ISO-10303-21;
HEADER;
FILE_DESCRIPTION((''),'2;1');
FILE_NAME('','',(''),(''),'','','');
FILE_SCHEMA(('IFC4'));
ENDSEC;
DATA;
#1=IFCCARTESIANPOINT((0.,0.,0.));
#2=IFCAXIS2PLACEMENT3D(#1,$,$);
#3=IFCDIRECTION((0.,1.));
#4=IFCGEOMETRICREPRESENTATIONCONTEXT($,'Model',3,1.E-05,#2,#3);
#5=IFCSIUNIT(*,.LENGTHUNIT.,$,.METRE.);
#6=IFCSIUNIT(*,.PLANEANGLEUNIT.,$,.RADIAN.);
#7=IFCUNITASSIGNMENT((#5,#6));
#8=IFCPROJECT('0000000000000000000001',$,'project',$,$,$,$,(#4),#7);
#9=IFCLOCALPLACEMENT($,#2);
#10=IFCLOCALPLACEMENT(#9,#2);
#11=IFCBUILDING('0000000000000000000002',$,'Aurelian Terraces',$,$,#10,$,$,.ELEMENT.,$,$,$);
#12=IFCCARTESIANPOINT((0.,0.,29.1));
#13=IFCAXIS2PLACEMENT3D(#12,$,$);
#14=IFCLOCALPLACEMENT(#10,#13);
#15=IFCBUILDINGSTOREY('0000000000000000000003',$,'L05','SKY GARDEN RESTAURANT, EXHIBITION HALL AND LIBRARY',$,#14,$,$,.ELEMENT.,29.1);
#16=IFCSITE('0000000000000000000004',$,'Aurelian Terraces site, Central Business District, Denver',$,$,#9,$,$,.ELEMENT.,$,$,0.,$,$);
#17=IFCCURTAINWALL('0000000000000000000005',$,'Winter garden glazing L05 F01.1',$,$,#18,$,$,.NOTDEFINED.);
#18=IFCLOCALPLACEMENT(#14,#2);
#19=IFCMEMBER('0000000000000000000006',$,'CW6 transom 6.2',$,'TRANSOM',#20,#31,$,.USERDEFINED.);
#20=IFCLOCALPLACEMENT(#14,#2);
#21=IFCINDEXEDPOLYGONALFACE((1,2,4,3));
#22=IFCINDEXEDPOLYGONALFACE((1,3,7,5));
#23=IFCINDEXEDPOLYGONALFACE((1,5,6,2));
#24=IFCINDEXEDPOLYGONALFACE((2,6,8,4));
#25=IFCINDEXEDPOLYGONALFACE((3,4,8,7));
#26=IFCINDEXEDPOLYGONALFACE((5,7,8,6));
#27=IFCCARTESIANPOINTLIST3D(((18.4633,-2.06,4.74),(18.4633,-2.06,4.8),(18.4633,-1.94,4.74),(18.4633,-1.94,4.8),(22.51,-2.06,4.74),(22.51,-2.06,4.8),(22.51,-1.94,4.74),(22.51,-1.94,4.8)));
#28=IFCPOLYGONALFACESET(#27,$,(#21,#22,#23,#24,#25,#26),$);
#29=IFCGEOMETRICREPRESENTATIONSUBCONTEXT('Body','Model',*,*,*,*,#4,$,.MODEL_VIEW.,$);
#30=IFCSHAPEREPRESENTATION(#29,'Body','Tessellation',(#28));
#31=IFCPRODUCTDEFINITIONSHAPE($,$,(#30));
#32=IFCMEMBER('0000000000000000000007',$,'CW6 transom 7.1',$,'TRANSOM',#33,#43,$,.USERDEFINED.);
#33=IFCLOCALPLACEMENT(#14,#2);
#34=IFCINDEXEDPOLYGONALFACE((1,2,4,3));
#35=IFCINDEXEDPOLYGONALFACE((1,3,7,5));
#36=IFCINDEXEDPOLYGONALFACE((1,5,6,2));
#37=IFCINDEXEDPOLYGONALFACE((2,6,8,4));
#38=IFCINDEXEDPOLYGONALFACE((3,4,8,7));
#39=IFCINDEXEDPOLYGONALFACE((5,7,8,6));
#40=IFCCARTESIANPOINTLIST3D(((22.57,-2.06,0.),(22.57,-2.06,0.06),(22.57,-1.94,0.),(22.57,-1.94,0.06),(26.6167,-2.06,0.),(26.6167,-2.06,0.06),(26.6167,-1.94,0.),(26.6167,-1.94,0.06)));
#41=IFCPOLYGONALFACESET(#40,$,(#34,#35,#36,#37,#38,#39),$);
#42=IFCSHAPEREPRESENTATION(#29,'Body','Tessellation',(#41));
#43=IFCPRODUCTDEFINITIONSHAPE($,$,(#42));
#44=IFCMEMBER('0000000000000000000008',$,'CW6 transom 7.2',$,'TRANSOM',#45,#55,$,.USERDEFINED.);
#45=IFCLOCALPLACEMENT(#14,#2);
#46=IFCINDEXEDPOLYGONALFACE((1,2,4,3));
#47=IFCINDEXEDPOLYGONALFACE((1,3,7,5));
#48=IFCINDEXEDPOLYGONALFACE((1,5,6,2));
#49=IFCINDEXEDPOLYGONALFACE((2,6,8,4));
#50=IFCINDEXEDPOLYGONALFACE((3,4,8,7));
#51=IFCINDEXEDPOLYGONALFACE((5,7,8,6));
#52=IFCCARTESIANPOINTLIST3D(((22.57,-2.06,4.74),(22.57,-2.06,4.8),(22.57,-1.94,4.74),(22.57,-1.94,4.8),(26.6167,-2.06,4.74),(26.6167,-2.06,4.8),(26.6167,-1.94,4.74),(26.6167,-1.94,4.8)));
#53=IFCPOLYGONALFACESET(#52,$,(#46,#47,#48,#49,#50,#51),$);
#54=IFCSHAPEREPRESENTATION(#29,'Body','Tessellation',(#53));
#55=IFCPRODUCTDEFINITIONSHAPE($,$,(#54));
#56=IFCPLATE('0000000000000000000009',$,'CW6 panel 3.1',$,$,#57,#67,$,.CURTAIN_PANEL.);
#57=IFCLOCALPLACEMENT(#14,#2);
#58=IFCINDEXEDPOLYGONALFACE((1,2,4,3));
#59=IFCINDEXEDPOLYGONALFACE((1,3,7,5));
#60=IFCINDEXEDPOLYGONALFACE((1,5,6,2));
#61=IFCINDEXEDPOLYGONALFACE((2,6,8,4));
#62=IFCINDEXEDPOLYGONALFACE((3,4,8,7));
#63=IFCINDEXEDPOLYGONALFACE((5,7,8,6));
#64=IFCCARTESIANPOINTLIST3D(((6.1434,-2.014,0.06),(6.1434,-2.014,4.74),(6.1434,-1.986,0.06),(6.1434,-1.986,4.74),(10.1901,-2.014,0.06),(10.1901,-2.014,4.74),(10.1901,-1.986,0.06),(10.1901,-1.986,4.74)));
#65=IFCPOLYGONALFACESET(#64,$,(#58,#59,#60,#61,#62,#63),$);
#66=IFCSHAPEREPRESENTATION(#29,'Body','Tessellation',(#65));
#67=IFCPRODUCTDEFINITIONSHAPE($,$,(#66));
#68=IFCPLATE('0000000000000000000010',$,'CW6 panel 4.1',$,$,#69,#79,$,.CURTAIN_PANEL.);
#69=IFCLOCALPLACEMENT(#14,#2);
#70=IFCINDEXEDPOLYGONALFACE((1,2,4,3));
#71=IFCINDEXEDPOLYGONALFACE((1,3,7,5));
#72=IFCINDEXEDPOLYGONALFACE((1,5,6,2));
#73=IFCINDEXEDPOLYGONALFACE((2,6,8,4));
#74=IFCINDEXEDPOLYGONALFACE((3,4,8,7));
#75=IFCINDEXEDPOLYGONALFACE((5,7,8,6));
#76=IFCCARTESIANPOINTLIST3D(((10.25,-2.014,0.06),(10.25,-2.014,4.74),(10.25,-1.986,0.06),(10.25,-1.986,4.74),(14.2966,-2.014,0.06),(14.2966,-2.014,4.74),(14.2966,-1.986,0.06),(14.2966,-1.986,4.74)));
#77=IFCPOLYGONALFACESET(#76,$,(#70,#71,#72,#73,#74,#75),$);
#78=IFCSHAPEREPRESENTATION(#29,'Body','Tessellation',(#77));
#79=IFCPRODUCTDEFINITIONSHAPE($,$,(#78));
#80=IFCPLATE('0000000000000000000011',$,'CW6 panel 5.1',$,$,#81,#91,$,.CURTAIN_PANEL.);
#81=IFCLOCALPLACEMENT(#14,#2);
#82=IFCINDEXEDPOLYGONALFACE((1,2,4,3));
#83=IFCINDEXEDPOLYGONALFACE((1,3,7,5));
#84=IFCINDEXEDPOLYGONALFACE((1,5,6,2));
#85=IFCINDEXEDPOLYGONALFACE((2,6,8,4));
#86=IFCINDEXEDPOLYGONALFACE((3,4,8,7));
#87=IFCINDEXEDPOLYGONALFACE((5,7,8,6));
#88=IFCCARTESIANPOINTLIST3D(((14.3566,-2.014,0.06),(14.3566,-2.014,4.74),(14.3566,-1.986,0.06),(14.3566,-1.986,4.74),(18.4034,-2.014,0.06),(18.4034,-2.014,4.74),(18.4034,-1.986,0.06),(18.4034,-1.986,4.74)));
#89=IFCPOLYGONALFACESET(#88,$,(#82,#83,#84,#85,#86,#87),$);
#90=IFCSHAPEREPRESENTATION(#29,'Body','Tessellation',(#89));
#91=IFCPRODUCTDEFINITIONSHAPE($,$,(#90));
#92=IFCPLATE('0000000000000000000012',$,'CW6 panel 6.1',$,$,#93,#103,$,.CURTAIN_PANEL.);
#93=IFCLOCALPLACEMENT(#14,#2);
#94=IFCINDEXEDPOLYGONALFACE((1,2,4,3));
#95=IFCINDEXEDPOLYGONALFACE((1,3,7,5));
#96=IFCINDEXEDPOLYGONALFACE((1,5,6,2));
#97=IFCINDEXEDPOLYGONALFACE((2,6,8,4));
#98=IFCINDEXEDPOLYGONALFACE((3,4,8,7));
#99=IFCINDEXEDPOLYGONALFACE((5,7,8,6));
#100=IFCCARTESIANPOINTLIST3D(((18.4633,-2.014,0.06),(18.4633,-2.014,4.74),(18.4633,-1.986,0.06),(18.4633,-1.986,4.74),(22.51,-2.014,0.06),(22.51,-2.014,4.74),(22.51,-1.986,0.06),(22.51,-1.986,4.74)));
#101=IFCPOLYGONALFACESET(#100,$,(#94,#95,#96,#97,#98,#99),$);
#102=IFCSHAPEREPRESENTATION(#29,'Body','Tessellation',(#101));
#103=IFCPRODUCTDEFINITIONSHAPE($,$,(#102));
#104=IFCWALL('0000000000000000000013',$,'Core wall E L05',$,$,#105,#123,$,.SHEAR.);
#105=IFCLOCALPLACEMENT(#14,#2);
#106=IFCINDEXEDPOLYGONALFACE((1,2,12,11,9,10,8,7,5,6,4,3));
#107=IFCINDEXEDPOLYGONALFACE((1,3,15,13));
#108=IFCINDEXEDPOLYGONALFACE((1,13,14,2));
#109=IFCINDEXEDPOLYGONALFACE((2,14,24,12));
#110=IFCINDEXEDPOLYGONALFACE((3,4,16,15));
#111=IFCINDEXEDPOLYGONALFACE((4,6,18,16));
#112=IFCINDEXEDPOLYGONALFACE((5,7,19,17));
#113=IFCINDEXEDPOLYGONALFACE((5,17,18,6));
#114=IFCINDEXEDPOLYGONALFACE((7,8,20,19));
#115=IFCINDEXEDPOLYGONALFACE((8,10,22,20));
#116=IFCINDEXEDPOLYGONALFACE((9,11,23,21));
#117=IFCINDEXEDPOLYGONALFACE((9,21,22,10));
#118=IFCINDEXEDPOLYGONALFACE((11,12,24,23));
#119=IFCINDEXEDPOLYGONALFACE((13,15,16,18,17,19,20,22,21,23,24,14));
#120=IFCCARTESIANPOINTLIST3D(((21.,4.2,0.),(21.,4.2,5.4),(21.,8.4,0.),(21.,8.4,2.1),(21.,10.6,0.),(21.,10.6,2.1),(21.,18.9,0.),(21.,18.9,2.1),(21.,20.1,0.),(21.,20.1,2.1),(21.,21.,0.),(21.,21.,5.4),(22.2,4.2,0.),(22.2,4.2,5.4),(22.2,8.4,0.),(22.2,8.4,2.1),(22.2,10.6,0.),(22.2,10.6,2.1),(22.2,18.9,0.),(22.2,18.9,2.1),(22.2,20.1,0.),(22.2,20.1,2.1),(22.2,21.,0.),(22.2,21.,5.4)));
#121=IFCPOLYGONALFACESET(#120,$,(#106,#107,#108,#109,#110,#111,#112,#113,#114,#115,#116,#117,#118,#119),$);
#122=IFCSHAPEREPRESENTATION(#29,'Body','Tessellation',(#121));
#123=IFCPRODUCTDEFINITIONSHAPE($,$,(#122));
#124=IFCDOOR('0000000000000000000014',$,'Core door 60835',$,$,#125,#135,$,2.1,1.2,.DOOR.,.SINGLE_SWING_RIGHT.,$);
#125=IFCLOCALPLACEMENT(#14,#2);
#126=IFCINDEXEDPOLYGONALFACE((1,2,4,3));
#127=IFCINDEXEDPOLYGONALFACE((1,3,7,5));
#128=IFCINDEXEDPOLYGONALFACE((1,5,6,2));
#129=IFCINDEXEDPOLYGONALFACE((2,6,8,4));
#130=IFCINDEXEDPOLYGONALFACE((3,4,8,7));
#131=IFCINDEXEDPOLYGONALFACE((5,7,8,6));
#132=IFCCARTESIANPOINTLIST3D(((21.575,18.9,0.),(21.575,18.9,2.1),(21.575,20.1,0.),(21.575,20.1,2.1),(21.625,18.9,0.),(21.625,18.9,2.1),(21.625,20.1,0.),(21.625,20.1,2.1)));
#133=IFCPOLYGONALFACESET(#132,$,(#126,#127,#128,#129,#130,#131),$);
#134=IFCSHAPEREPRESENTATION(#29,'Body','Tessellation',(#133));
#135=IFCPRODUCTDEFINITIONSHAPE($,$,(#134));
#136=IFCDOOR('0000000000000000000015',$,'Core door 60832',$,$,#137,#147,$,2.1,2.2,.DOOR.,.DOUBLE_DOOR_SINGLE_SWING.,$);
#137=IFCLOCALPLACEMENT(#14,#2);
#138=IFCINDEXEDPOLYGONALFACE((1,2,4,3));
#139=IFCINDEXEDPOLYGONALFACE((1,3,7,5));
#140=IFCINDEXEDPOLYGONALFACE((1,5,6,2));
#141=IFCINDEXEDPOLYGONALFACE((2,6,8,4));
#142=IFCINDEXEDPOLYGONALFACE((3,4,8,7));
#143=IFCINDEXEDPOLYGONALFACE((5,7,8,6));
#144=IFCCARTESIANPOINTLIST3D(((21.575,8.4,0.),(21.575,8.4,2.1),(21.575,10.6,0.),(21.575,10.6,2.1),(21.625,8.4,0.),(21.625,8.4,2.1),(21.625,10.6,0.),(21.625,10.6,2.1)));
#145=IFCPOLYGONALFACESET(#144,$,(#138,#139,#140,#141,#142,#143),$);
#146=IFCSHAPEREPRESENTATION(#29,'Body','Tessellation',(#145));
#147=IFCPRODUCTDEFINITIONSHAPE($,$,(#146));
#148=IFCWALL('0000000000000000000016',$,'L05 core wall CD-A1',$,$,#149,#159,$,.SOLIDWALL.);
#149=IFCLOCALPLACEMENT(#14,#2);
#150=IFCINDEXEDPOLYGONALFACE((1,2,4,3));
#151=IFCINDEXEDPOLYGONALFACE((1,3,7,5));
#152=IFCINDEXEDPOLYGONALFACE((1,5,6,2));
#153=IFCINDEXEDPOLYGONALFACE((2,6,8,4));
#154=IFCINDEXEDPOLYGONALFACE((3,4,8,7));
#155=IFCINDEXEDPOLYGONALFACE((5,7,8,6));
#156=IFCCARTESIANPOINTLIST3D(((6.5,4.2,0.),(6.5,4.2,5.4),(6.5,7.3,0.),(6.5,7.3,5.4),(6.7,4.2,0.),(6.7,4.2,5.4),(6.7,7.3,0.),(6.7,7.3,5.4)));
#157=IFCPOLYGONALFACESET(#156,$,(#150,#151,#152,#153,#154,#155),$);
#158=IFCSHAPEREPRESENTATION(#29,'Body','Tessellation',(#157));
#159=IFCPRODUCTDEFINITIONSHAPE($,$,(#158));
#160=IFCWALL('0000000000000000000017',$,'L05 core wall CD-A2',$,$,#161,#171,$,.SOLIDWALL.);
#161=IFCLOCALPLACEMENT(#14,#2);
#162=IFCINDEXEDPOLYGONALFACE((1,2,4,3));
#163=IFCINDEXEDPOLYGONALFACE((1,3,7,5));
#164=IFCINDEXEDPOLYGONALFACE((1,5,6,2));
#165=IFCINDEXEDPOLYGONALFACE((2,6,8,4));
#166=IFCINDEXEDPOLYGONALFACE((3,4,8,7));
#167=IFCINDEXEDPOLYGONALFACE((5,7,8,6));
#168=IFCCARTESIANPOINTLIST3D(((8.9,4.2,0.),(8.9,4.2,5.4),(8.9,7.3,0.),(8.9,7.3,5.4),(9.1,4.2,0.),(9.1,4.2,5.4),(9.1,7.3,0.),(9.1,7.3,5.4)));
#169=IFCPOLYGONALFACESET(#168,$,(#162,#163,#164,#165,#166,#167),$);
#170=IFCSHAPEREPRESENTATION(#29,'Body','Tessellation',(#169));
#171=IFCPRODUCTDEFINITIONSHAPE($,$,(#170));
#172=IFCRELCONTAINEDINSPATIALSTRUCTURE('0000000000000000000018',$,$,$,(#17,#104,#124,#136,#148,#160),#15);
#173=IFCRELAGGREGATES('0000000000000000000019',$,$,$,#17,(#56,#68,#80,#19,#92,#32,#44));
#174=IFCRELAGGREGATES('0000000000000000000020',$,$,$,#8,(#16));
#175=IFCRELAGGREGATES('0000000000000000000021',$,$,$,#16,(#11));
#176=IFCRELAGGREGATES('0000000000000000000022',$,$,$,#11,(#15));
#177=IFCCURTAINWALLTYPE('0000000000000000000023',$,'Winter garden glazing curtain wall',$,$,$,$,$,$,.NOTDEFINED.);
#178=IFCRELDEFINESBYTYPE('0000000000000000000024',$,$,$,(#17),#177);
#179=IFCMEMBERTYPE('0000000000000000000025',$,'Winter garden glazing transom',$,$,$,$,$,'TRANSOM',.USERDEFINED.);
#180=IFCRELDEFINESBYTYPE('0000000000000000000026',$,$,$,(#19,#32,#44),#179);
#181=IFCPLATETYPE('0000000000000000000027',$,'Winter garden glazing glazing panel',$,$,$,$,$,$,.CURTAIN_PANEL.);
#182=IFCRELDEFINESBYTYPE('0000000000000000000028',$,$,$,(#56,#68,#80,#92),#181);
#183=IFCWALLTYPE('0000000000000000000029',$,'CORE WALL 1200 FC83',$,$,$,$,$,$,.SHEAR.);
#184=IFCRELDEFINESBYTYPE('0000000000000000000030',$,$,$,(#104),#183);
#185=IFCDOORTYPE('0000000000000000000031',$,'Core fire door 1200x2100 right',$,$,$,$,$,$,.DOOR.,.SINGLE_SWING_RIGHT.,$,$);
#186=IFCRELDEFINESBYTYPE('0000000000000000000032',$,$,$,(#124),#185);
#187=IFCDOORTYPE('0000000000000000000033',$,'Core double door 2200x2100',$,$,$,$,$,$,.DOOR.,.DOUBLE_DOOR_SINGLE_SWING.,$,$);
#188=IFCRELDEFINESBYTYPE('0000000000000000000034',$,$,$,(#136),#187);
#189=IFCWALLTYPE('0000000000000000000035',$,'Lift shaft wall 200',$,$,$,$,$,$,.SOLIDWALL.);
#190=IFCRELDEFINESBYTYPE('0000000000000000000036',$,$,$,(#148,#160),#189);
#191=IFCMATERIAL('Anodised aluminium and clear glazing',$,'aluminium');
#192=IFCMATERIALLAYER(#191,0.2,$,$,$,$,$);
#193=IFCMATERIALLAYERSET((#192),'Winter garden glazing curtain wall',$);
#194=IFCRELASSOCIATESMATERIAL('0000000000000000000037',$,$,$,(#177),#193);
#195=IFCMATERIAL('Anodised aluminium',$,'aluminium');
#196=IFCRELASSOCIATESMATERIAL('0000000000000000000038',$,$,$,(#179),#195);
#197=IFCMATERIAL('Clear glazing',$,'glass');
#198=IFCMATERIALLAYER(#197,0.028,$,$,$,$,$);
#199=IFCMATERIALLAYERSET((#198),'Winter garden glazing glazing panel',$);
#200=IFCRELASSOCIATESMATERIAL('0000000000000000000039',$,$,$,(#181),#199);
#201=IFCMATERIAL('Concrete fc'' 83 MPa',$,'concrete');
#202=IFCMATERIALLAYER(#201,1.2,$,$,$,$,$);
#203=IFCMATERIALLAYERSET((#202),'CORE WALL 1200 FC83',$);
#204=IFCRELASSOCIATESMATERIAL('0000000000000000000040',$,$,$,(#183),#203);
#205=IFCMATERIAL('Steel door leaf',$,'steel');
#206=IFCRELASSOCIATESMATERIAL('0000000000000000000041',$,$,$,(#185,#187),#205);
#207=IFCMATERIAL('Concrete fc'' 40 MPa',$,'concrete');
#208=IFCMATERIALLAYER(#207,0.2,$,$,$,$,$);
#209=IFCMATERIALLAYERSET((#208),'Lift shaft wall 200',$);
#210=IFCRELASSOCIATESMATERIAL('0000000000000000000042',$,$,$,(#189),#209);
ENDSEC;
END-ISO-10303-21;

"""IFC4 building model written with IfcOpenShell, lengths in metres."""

from ifc_helpers import new_model, si_unit, direction, frame, frame_2d, origin, origin_2d, place, context, subcontext, project, spatial, rectangle, extrude, source, transform, mapped, material, layer, layer_set, material_profile, profile_set, type_object, element, fill, aggregate, save


model = new_model("IFC4")

# Units and contexts
model_context = context("Model", 3, precision=1e-05, world=origin(), true_north=direction((0.0, 1.0)))
body_context = subcontext(model_context, "Body", "Model", "MODEL_VIEW")
ifc_project = project(units=[si_unit("LENGTHUNIT", "METRE"), si_unit("PLANEANGLEUNIT", "RADIAN")], contexts=[model_context])

# Site, building, storey
site_placement = place(None, origin())
site = spatial("IfcSite", under=ifc_project, at=site_placement, Name="Aurelian Terraces site, Central Business District, Denver", CompositionType="ELEMENT", RefElevation=0.0)
building_placement = place(site_placement, origin())
building = spatial("IfcBuilding", under=site, at=building_placement, Name="Aurelian Terraces", CompositionType="ELEMENT")
storey_placement = place(building_placement, frame((0.0, 0.0, 29.1)))
storey = spatial("IfcBuildingStorey", under=building, at=storey_placement, Name="L05", Description="SKY GARDEN RESTAURANT, EXHIBITION HALL AND LIBRARY", CompositionType="ELEMENT", Elevation=29.1)

# Shared definitions
ifc_material_1 = material(Name="Concrete fc' 83 MPa", Category="concrete")

# Curtain wall, members, plates
ifc_material_2 = material(Name="Anodised aluminium and clear glazing", Category="aluminium")
ifc_layer_1 = layer(ifc_material_2, 0.2)
ifc_layer_set_1 = layer_set([ifc_layer_1], Name="Winter garden glazing curtain wall")
curtain_wall_type = type_object("IfcCurtainWallType", Name="Winter garden glazing curtain wall", PredefinedType="NOTDEFINED", material=ifc_layer_set_1)
curtain_wall_placement = place(storey_placement, origin())
curtain_wall = element("IfcCurtainWall", 1, at=curtain_wall_placement, inside=storey, type_object=curtain_wall_type, Name="Winter garden glazing L05 F01.1", PredefinedType="NOTDEFINED")
ifc_material_3 = material(Name="Anodised aluminium", Category="aluminium")
ifc_material_profile_1 = material_profile(ifc_material_3, rectangle(XDim=0.12, YDim=0.06, at=origin_2d()))
ifc_profile_set_1 = profile_set([ifc_material_profile_1], Name="Anodised aluminium")
member_type_1 = type_object("IfcMemberType", Name="Winter garden glazing transom", ElementType="TRANSOM", PredefinedType="USERDEFINED", material=ifc_profile_set_1)
shared_shape_1 = source(origin(), body_context, "Body", "SweptSolid", [
    extrude(rectangle(XDim=0.12, YDim=0.06, at=origin_2d()), origin(), (0.0, 0.0, 1.0), 4.0467),
])
member_1_placement = place(storey_placement, frame((18.4633, -2.0, 4.77), z_axis=(1.0, 0.0, 0.0), x_axis=(0.0, 1.0, 0.0)))
member_1 = element("IfcMember", 2, at=member_1_placement, type_object=member_type_1, Name="CW6 transom 6.2", ObjectType="TRANSOM", PredefinedType="USERDEFINED", context=body_context, shape_type="MappedRepresentation", body=[
    mapped(shared_shape_1, transform((0.0, 0.0, 0.0), scale=1.0)),
])
member_2_placement = place(storey_placement, frame((22.57, -2.0, 0.03), z_axis=(1.0, 0.0, 0.0), x_axis=(0.0, 1.0, 0.0)))
member_2 = element("IfcMember", 3, at=member_2_placement, type_object=member_type_1, Name="CW6 transom 7.1", ObjectType="TRANSOM", PredefinedType="USERDEFINED", context=body_context, shape_type="MappedRepresentation", body=[
    mapped(shared_shape_1, transform((0.0, 0.0, 0.0), scale=1.0)),
])
member_3_placement = place(storey_placement, frame((22.57, -2.0, 4.77), z_axis=(1.0, 0.0, 0.0), x_axis=(0.0, 1.0, 0.0)))
member_3 = element("IfcMember", 4, at=member_3_placement, type_object=member_type_1, Name="CW6 transom 7.2", ObjectType="TRANSOM", PredefinedType="USERDEFINED", context=body_context, shape_type="MappedRepresentation", body=[
    mapped(shared_shape_1, transform((0.0, 0.0, 0.0), scale=1.0)),
])
ifc_material_4 = material(Name="Clear glazing", Category="glass")
ifc_layer_2 = layer(ifc_material_4, 0.028)
ifc_layer_set_2 = layer_set([ifc_layer_2], Name="Winter garden glazing glazing panel")
plate_type = type_object("IfcPlateType", Name="Winter garden glazing glazing panel", PredefinedType="CURTAIN_PANEL", material=ifc_layer_set_2)
shared_shape_2 = source(origin(), body_context, "Body", "SweptSolid", [
    extrude(rectangle(XDim=4.0467, YDim=0.028, at=origin_2d()), origin(), (0.0, 0.0, 1.0), 4.68),
])
plate_1_placement = place(storey_placement, frame((8.1667, -2.0, 0.06), z_axis=(0.0, 0.0, 1.0), x_axis=(1.0, 0.0, 0.0)))
plate_1 = element("IfcPlate", 5, at=plate_1_placement, type_object=plate_type, Name="CW6 panel 3.1", PredefinedType="CURTAIN_PANEL", context=body_context, shape_type="MappedRepresentation", body=[
    mapped(shared_shape_2, transform((0.0, 0.0, 0.0), scale=1.0)),
])
plate_2_placement = place(storey_placement, frame((12.2733, -2.0, 0.06), z_axis=(0.0, 0.0, 1.0), x_axis=(1.0, 0.0, 0.0)))
plate_2 = element("IfcPlate", 6, at=plate_2_placement, type_object=plate_type, Name="CW6 panel 4.1", PredefinedType="CURTAIN_PANEL", context=body_context, shape_type="MappedRepresentation", body=[
    mapped(shared_shape_2, transform((0.0, 0.0, 0.0), scale=1.0)),
])
plate_3_placement = place(storey_placement, frame((16.38, -2.0, 0.06), z_axis=(0.0, 0.0, 1.0), x_axis=(1.0, 0.0, 0.0)))
plate_3 = element("IfcPlate", 7, at=plate_3_placement, type_object=plate_type, Name="CW6 panel 5.1", PredefinedType="CURTAIN_PANEL", context=body_context, shape_type="MappedRepresentation", body=[
    mapped(shared_shape_2, transform((0.0, 0.0, 0.0), scale=1.0)),
])
plate_4_placement = place(storey_placement, frame((20.4867, -2.0, 0.06), z_axis=(0.0, 0.0, 1.0), x_axis=(1.0, 0.0, 0.0)))
plate_4 = element("IfcPlate", 8, at=plate_4_placement, type_object=plate_type, Name="CW6 panel 6.1", PredefinedType="CURTAIN_PANEL", context=body_context, shape_type="MappedRepresentation", body=[
    mapped(shared_shape_2, transform((0.0, 0.0, 0.0), scale=1.0)),
])
aggregate(curtain_wall, [plate_1, plate_2, plate_3, member_1, plate_4, member_2, member_3])

# Wall, openings, doors
ifc_layer_3 = layer(ifc_material_1, 1.2)
ifc_layer_set_3 = layer_set([ifc_layer_3], Name="CORE WALL 1200 FC83")
wall_type_1 = type_object("IfcWallType", Name="CORE WALL 1200 FC83", PredefinedType="SHEAR", material=ifc_layer_set_3)
shared_shape_3 = source(origin(), body_context, "Body", "SweptSolid", [
    extrude(rectangle(XDim=16.8, YDim=1.2, at=frame_2d((8.4, 0.0))), origin(), (0.0, 0.0, 1.0), 5.4),
])
wall_1_placement = place(storey_placement, frame((21.6, 4.2, 0.0), z_axis=(0.0, 0.0, 1.0), x_axis=(0.0, 1.0, 0.0)))
wall_1 = element("IfcWall", 9, at=wall_1_placement, inside=storey, type_object=wall_type_1, Name="Core wall E L05", PredefinedType="SHEAR", context=body_context, shape_type="MappedRepresentation", body=[
    mapped(shared_shape_3, transform((0.0, 0.0, 0.0), scale=1.0)),
])
shared_shape_4 = source(origin(), body_context, "Body", "SweptSolid", [
    extrude(rectangle(XDim=2.2, YDim=2.1, at=frame_2d((1.1, 1.05))), frame((0.0, 0.61, 0.0), z_axis=(0.0, -1.0, 0.0), x_axis=(1.0, 0.0, 0.0)), (0.0, 0.0, 1.0), 1.22),
])
opening_1_placement = place(wall_1_placement, frame((4.2, 0.0, 0.0)))
opening_1 = element("IfcOpeningElement", 10, at=opening_1_placement, cuts=wall_1, PredefinedType="OPENING", context=body_context, shape_type="MappedRepresentation", body=[
    mapped(shared_shape_4, transform((0.0, 0.0, 0.0), scale=1.0)),
])
shared_shape_5 = source(origin(), body_context, "Body", "SweptSolid", [
    extrude(rectangle(XDim=1.2, YDim=2.1, at=frame_2d((0.6, 1.05))), frame((0.0, 0.61, 0.0), z_axis=(0.0, -1.0, 0.0), x_axis=(1.0, 0.0, 0.0)), (0.0, 0.0, 1.0), 1.22),
])
opening_2_placement = place(wall_1_placement, frame((14.7, 0.0, 0.0)))
opening_2 = element("IfcOpeningElement", 11, at=opening_2_placement, cuts=wall_1, PredefinedType="OPENING", context=body_context, shape_type="MappedRepresentation", body=[
    mapped(shared_shape_5, transform((0.0, 0.0, 0.0), scale=1.0)),
])
ifc_material_5 = material(Name="Steel door leaf", Category="steel")
door_type_1 = type_object("IfcDoorType", Name="Core fire door 1200x2100 right", OperationType="SINGLE_SWING_RIGHT", PredefinedType="DOOR", material=ifc_material_5)
shared_shape_6 = source(origin(), body_context, "Body", "SweptSolid", [
    extrude(rectangle(XDim=1.2, YDim=2.1, at=frame_2d((0.6, 1.05))), frame((0.0, 0.025, 0.0), z_axis=(0.0, -1.0, 0.0), x_axis=(1.0, 0.0, 0.0)), (0.0, 0.0, 1.0), 0.05),
])
door_1_placement = place(opening_2_placement, origin())
door_1 = element("IfcDoor", 12, at=door_1_placement, inside=storey, type_object=door_type_1, Name="Core door 60835", OperationType="SINGLE_SWING_RIGHT", OverallHeight=2.1, OverallWidth=1.2, PredefinedType="DOOR", context=body_context, shape_type="MappedRepresentation", body=[
    mapped(shared_shape_6, transform((0.0, 0.0, 0.0), scale=1.0)),
])
fill(opening_2, door_1)
door_type_2 = type_object("IfcDoorType", Name="Core double door 2200x2100", OperationType="DOUBLE_DOOR_SINGLE_SWING", PredefinedType="DOOR", material=ifc_material_5)
shared_shape_7 = source(origin(), body_context, "Body", "SweptSolid", [
    extrude(rectangle(XDim=2.2, YDim=2.1, at=frame_2d((1.1, 1.05))), frame((0.0, 0.025, 0.0), z_axis=(0.0, -1.0, 0.0), x_axis=(1.0, 0.0, 0.0)), (0.0, 0.0, 1.0), 0.05),
])
door_2_placement = place(opening_1_placement, origin())
door_2 = element("IfcDoor", 13, at=door_2_placement, inside=storey, type_object=door_type_2, Name="Core door 60832", OperationType="DOUBLE_DOOR_SINGLE_SWING", OverallHeight=2.1, OverallWidth=2.2, PredefinedType="DOOR", context=body_context, shape_type="MappedRepresentation", body=[
    mapped(shared_shape_7, transform((0.0, 0.0, 0.0), scale=1.0)),
])
fill(opening_1, door_2)

# Walls
ifc_material_6 = material(Name="Concrete fc' 40 MPa", Category="concrete")
ifc_layer_4 = layer(ifc_material_6, 0.2)
ifc_layer_set_4 = layer_set([ifc_layer_4], Name="Lift shaft wall 200")
wall_type_2 = type_object("IfcWallType", Name="Lift shaft wall 200", PredefinedType="SOLIDWALL", material=ifc_layer_set_4)
shared_shape_8 = source(origin(), body_context, "Body", "SweptSolid", [
    extrude(rectangle(XDim=3.1, YDim=0.2, at=frame_2d((1.55, 0.0))), origin(), (0.0, 0.0, 1.0), 5.4),
])
for number, where, z_axis, x_axis, name in (
    (14, (6.6, 4.2, 0.0), (0.0, 0.0, 1.0), (0.0, 1.0, 0.0), "L05 core wall CD-A1"),
    (15, (9.0, 4.2, 0.0), (0.0, 0.0, 1.0), (0.0, 1.0, 0.0), "L05 core wall CD-A2"),
):
    element("IfcWall", number, at=place(storey_placement, frame(where, z_axis=z_axis, x_axis=x_axis)), inside=storey, type_object=wall_type_2, Name=name, PredefinedType="SOLIDWALL", context=body_context, shape_type="MappedRepresentation", body=[
        mapped(shared_shape_8, transform((0.0, 0.0, 0.0), scale=1.0)),
    ])

save(model, "model.ifc")
